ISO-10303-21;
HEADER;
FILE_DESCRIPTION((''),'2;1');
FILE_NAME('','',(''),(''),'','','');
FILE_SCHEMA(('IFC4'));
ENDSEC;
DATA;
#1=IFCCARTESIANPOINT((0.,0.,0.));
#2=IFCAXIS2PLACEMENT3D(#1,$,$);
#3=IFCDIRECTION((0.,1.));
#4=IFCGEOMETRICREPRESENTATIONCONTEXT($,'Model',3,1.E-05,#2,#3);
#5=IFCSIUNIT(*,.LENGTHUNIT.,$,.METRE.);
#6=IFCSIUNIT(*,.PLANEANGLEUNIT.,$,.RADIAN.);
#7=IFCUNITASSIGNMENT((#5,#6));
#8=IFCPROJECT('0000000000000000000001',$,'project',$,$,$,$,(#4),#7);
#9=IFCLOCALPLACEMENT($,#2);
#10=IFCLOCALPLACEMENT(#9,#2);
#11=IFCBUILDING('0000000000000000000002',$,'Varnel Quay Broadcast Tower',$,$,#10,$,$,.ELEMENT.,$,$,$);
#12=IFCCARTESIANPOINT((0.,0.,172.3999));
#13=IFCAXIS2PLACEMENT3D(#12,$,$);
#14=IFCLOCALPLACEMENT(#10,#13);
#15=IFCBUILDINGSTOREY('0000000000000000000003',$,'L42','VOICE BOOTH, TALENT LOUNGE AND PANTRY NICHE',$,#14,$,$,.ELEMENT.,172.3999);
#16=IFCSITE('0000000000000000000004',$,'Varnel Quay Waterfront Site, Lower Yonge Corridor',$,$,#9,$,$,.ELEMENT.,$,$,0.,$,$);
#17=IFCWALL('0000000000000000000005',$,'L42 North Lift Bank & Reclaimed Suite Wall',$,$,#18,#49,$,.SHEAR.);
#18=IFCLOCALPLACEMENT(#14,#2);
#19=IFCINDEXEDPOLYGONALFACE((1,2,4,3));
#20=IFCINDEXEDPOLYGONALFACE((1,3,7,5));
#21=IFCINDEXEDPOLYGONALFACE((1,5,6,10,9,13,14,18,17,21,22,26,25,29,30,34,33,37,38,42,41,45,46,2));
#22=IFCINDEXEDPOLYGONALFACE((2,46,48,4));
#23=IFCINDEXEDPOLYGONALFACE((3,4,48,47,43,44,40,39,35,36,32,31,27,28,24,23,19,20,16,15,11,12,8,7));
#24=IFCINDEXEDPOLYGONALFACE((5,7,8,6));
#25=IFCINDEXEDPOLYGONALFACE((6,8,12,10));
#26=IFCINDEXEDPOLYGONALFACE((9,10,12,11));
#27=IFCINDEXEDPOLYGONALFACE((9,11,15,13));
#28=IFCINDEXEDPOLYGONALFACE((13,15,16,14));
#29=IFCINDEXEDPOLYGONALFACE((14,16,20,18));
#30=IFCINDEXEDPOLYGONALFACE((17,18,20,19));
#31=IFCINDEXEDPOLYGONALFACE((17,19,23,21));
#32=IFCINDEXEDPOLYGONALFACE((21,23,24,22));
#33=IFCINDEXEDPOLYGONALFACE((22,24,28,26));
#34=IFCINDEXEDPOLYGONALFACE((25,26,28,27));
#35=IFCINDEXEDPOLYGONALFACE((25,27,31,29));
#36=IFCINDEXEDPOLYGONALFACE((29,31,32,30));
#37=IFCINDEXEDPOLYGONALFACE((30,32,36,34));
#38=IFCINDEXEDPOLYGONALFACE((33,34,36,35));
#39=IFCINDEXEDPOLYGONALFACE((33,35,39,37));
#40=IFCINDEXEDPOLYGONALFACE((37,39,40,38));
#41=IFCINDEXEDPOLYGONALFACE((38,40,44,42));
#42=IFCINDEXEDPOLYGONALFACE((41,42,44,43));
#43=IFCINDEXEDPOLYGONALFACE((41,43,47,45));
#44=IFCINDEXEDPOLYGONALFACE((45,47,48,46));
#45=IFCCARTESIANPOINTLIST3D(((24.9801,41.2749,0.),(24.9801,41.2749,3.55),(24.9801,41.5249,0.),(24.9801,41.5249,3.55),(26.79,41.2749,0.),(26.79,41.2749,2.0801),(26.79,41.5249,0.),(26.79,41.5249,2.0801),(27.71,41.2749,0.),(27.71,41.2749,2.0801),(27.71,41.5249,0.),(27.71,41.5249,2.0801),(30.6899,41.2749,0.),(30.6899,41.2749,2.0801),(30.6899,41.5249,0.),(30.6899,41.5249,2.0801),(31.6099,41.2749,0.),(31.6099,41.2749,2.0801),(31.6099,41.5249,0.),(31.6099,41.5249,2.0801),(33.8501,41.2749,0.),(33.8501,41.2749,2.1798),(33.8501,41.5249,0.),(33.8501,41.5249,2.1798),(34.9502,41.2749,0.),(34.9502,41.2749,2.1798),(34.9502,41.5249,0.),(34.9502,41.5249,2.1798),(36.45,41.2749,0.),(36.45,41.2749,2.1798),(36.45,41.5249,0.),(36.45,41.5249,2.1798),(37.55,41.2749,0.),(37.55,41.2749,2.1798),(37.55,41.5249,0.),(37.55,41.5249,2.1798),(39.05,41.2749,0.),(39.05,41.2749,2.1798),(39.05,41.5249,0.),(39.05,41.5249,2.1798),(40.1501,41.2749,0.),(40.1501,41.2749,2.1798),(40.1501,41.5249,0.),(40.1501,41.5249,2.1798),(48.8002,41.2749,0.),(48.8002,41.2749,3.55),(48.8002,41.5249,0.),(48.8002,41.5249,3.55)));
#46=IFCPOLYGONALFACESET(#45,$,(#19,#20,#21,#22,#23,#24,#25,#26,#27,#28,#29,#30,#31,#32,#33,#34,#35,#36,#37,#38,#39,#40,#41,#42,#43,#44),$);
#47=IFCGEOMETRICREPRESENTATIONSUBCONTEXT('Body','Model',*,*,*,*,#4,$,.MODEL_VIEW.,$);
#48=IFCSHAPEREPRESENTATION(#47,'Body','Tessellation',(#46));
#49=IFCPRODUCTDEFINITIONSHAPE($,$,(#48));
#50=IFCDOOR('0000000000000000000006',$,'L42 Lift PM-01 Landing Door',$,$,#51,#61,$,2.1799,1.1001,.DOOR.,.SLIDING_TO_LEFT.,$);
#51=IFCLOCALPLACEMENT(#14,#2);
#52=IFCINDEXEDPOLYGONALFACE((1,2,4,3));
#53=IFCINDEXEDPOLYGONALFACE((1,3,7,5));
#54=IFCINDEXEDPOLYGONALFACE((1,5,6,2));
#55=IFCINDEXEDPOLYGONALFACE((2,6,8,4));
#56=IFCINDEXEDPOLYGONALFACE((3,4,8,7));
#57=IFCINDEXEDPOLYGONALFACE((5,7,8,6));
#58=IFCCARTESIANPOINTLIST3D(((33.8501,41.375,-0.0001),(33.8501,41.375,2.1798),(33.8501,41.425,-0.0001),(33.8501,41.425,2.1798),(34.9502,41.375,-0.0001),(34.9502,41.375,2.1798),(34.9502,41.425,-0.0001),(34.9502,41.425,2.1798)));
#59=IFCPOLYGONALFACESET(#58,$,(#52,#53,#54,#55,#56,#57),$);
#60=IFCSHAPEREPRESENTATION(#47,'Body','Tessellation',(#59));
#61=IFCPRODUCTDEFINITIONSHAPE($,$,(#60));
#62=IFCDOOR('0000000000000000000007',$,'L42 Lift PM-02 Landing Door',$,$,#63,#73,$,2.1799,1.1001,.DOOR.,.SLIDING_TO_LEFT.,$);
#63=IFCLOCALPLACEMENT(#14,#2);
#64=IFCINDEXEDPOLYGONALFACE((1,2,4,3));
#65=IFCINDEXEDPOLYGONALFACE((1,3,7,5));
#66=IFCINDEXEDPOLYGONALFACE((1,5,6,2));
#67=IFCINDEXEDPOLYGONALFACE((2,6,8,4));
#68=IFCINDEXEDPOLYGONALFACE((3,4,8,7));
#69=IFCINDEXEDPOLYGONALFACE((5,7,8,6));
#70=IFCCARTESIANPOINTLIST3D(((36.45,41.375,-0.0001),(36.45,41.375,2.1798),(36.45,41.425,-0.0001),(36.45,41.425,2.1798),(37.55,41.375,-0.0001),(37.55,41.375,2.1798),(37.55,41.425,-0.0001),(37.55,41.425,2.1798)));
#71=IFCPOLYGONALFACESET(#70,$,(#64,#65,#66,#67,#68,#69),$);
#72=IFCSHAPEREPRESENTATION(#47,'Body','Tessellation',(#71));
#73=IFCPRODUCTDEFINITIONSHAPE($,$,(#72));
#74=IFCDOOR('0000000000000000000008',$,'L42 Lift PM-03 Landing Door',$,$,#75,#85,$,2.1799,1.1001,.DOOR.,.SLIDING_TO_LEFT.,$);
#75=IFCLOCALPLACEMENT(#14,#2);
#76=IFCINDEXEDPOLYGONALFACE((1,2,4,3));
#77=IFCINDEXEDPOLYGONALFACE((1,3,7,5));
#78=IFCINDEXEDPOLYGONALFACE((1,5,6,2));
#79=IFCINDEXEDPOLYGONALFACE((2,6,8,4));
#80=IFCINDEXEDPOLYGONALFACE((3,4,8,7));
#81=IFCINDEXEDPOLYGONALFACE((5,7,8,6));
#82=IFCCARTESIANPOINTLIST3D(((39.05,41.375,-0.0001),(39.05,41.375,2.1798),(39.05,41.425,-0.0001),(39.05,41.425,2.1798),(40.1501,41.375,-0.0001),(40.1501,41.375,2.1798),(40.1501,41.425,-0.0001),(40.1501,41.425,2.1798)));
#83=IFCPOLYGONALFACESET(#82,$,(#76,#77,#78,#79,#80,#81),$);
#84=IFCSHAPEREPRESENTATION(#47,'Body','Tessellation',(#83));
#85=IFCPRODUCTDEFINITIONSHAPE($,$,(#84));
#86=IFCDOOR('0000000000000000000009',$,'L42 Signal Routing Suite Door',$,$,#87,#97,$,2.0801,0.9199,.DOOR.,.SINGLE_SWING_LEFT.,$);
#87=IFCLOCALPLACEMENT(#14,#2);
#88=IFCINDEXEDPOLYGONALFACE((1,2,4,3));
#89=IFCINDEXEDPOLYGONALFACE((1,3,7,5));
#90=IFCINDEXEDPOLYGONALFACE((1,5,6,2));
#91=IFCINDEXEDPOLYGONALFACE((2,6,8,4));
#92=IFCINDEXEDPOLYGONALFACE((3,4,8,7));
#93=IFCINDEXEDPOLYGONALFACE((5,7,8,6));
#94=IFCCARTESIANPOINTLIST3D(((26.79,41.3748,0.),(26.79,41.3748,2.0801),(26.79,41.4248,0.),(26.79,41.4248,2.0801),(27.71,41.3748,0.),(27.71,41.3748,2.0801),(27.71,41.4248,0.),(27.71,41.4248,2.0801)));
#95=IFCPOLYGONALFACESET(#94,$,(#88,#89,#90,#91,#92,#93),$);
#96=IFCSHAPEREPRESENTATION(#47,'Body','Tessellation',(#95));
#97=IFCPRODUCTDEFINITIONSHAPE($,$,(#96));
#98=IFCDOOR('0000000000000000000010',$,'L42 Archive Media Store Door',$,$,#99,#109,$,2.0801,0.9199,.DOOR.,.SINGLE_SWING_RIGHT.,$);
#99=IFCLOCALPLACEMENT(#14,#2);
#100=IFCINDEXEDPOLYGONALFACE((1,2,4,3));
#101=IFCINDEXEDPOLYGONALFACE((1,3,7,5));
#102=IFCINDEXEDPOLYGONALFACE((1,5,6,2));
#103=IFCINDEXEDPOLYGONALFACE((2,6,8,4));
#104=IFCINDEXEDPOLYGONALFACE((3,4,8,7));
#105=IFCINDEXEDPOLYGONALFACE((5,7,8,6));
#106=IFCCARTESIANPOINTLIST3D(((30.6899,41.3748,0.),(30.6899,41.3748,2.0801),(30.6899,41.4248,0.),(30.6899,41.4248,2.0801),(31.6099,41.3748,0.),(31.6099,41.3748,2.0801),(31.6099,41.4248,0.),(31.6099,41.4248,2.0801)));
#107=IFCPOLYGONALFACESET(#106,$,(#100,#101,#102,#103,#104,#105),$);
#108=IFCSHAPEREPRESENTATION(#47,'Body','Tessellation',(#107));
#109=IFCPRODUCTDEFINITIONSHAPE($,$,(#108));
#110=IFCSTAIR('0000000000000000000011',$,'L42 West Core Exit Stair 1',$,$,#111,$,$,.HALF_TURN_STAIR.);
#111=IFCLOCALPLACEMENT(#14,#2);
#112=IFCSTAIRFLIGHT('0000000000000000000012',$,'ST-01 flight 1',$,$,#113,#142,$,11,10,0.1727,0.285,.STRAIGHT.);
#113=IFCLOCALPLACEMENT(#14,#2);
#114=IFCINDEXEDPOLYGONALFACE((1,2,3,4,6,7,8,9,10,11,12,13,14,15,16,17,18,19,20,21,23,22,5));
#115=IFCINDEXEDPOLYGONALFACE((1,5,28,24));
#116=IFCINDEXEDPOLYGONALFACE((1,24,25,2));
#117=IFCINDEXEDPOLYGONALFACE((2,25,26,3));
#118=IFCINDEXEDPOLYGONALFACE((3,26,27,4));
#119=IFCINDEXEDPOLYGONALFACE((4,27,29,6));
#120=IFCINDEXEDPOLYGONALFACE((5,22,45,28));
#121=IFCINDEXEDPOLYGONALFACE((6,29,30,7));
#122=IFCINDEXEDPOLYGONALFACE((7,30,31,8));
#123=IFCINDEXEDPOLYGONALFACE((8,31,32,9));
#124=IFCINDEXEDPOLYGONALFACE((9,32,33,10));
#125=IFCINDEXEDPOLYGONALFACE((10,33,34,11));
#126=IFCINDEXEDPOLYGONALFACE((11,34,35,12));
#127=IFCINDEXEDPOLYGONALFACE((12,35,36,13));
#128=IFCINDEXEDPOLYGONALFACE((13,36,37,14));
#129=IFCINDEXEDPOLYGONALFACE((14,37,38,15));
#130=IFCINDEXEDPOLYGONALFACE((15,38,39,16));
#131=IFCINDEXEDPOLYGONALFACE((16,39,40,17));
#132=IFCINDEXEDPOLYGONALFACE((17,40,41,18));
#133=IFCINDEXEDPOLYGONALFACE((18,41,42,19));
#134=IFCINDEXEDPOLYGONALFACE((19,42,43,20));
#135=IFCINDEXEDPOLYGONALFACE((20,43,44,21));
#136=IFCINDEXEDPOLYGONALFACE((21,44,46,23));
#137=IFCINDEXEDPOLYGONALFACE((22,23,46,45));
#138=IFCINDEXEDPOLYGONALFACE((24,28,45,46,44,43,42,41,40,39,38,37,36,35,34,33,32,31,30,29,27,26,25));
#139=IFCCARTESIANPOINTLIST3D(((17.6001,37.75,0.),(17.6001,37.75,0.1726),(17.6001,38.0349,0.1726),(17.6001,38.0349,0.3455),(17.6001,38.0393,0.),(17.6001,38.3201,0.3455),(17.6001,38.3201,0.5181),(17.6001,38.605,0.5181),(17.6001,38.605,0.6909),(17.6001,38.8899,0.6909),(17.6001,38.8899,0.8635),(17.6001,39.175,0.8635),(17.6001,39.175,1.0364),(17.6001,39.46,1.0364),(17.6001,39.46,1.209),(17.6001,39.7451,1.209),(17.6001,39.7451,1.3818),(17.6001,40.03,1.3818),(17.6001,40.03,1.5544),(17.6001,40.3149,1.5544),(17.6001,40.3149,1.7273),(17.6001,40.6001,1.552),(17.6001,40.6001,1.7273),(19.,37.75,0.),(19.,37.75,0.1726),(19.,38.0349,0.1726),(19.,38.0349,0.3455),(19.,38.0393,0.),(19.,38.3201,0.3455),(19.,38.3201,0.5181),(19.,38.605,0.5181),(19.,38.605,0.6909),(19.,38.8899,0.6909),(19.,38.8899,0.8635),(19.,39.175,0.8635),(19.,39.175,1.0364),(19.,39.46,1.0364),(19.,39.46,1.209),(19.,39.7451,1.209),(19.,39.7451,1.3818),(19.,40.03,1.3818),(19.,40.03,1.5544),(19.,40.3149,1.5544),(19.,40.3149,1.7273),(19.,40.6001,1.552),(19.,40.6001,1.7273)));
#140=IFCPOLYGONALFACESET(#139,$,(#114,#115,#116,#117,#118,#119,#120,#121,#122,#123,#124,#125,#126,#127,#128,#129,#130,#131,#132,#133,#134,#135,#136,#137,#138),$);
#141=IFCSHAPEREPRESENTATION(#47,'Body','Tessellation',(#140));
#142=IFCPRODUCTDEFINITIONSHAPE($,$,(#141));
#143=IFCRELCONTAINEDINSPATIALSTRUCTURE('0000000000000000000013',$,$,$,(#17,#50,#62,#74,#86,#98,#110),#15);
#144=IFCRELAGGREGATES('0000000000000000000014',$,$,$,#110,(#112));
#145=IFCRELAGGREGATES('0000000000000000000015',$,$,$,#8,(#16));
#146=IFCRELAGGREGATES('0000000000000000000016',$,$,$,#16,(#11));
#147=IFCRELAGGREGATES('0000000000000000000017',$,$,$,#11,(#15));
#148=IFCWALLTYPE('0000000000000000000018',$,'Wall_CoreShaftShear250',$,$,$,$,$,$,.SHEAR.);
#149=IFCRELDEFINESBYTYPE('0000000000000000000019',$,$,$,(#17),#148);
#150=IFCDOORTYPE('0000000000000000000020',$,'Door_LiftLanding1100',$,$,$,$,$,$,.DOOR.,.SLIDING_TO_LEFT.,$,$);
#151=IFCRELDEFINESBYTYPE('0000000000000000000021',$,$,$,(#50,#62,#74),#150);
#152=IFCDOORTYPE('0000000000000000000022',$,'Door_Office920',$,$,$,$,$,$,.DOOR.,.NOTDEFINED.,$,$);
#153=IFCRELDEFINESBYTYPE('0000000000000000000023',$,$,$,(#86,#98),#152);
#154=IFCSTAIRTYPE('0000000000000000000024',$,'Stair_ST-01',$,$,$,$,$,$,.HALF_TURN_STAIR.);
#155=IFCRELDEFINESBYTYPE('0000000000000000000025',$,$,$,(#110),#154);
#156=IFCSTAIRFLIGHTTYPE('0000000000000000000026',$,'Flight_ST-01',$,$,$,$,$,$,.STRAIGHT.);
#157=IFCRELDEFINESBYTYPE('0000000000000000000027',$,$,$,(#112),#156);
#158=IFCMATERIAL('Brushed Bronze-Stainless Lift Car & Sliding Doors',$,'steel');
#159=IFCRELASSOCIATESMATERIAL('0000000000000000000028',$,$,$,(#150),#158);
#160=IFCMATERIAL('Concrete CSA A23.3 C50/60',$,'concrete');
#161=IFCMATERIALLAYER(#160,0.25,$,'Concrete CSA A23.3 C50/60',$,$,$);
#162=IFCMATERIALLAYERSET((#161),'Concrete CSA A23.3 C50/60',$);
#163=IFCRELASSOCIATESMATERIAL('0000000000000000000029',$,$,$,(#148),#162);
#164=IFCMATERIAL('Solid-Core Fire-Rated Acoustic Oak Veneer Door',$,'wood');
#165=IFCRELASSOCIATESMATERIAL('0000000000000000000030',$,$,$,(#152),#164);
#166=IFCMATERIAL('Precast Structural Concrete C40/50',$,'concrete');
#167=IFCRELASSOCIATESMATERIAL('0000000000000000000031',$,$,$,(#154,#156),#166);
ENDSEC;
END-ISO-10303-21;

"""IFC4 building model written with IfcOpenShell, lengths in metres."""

from ifc_helpers import new_model, si_unit, direction, frame, frame_2d, origin, place, context, subcontext, project, spatial, polyline, rectangle, outline, extrude, source, transform, mapped, material, layer, layer_set, type_object, type_shapes, element, fill, aggregate, save


model = new_model("IFC4")

# Units and contexts
model_context = context("Model", 3, precision=1e-05, world=origin(), true_north=direction((0.0, 1.0)))
body_context = subcontext(model_context, "Body", "Model", "MODEL_VIEW")
ifc_project = project(units=[si_unit("LENGTHUNIT", "METRE"), si_unit("PLANEANGLEUNIT", "RADIAN")], contexts=[model_context])

# Site, building, storey
site_placement = place(None, origin())
site = spatial("IfcSite", under=ifc_project, at=site_placement, Name="Varnel Quay Waterfront Site, Lower Yonge Corridor", CompositionType="ELEMENT", RefElevation=0.0)
building_placement = place(site_placement, origin())
building = spatial("IfcBuilding", under=site, at=building_placement, Name="Varnel Quay Broadcast Tower", CompositionType="ELEMENT")
storey_placement = place(building_placement, frame((0.0, 0.0, 172.3999)))
storey = spatial("IfcBuildingStorey", under=building, at=storey_placement, Name="L42", Description="VOICE BOOTH, TALENT LOUNGE AND PANTRY NICHE", CompositionType="ELEMENT", Elevation=172.3999)

# Shared definitions
ifc_material_1 = material(Name="Concrete CSA A23.3 C50/60", Category="concrete")
ifc_material_2 = material(Name="Brushed Bronze-Stainless Lift Car & Sliding Doors", Category="steel")
door_type_1 = type_object("IfcDoorType", Name="Door_LiftLanding1100", OperationType="SLIDING_TO_LEFT", PredefinedType="DOOR", material=ifc_material_2)
shared_shape_1 = source(origin(), body_context, "Body", "SweptSolid", [
    extrude(rectangle(XDim=1.1001, YDim=2.1799, at=frame_2d((0.55, 1.0898))), frame((0.0, 0.0249, 0.0), z_axis=(0.0, -1.0, 0.0), x_axis=(1.0, 0.0, 0.0)), (0.0, 0.0, 1.0), 0.05),
])
type_shapes(door_type_1, [shared_shape_1])

# Shared definitions
ifc_layer_1 = layer(ifc_material_1, 0.25, Name="Concrete CSA A23.3 C50/60")
ifc_layer_set_1 = layer_set([ifc_layer_1], Name="Concrete CSA A23.3 C50/60")
wall_type_1 = type_object("IfcWallType", Name="Wall_CoreShaftShear250", PredefinedType="SHEAR", material=ifc_layer_set_1)

# Wall, openings, doors
wall_1_placement = place(storey_placement, frame((24.98, 41.3999, 0.0), z_axis=(0.0, 0.0, 1.0), x_axis=(1.0, 0.0, 0.0)))
wall_1 = element("IfcWall", 1, at=wall_1_placement, inside=storey, type_object=wall_type_1, Name="L42 North Lift Bank & Reclaimed Suite Wall", PredefinedType="SHEAR", context=body_context, shape_type="SweptSolid", body=[
    extrude(rectangle(XDim=23.8201, YDim=0.25, at=frame_2d((11.9102, 0.0))), origin(), (0.0, 0.0, 1.0), 3.55),
])
opening_1_placement = place(wall_1_placement, frame((8.8701, 0.0, 0.0)))
opening_1 = element("IfcOpeningElement", 2, at=opening_1_placement, cuts=wall_1, PredefinedType="OPENING", context=body_context, shape_type="SweptSolid", body=[
    extrude(rectangle(XDim=1.1001, YDim=2.1799, at=frame_2d((0.55, 1.0898))), frame((0.0, 0.135, 0.0), z_axis=(0.0, -1.0, 0.0), x_axis=(1.0, 0.0, 0.0)), (0.0, 0.0, 1.0), 0.27),
])
opening_2_placement = place(wall_1_placement, frame((11.47, 0.0, 0.0)))
opening_2 = element("IfcOpeningElement", 3, at=opening_2_placement, cuts=wall_1, PredefinedType="OPENING", context=body_context, shape_type="SweptSolid", body=[
    extrude(rectangle(XDim=1.1001, YDim=2.1799, at=frame_2d((0.55, 1.0898))), frame((0.0, 0.135, 0.0), z_axis=(0.0, -1.0, 0.0), x_axis=(1.0, 0.0, 0.0)), (0.0, 0.0, 1.0), 0.27),
])
opening_3_placement = place(wall_1_placement, frame((14.0701, 0.0, 0.0)))
opening_3 = element("IfcOpeningElement", 4, at=opening_3_placement, cuts=wall_1, PredefinedType="OPENING", context=body_context, shape_type="SweptSolid", body=[
    extrude(rectangle(XDim=1.1001, YDim=2.1799, at=frame_2d((0.55, 1.0898))), frame((0.0, 0.135, 0.0), z_axis=(0.0, -1.0, 0.0), x_axis=(1.0, 0.0, 0.0)), (0.0, 0.0, 1.0), 0.27),
])
opening_4_placement = place(wall_1_placement, frame((1.8101, 0.0, 0.0)))
opening_4 = element("IfcOpeningElement", 5, at=opening_4_placement, cuts=wall_1, PredefinedType="OPENING", context=body_context, shape_type="SweptSolid", body=[
    extrude(rectangle(XDim=0.9199, YDim=2.0801, at=frame_2d((0.46, 1.04))), frame((0.0, 0.135, 0.0), z_axis=(0.0, -1.0, 0.0), x_axis=(1.0, 0.0, 0.0)), (0.0, 0.0, 1.0), 0.27),
])
opening_5_placement = place(wall_1_placement, frame((5.71, 0.0, 0.0)))
opening_5 = element("IfcOpeningElement", 6, at=opening_5_placement, cuts=wall_1, PredefinedType="OPENING", context=body_context, shape_type="SweptSolid", body=[
    extrude(rectangle(XDim=0.9199, YDim=2.0801, at=frame_2d((0.46, 1.04))), frame((0.0, 0.135, 0.0), z_axis=(0.0, -1.0, 0.0), x_axis=(1.0, 0.0, 0.0)), (0.0, 0.0, 1.0), 0.27),
])
door_1_placement = place(opening_1_placement, frame((1.1001, 0.0, 0.0), z_axis=(0.0, 0.0, 1.0), x_axis=(-1.0, 0.0, 0.0)))
door_1 = element("IfcDoor", 7, at=door_1_placement, inside=storey, type_object=door_type_1, Name="L42 Lift PM-01 Landing Door", OperationType="SLIDING_TO_LEFT", OverallHeight=2.1799, OverallWidth=1.1001, PredefinedType="DOOR", context=body_context, shape_type="MappedRepresentation", body=[
    mapped(shared_shape_1, transform((0.0, 0.0, 0.0), x_axis=(1.0, 0.0, 0.0), y_axis=(0.0, 1.0, 0.0), z_axis=(0.0, 0.0, 1.0), scale=1.0)),
])
fill(opening_1, door_1)
door_2_placement = place(opening_2_placement, frame((1.1001, 0.0, 0.0), z_axis=(0.0, 0.0, 1.0), x_axis=(-1.0, 0.0, 0.0)))
door_2 = element("IfcDoor", 8, at=door_2_placement, inside=storey, type_object=door_type_1, Name="L42 Lift PM-02 Landing Door", OperationType="SLIDING_TO_LEFT", OverallHeight=2.1799, OverallWidth=1.1001, PredefinedType="DOOR", context=body_context, shape_type="MappedRepresentation", body=[
    mapped(shared_shape_1, transform((0.0, 0.0, 0.0), x_axis=(1.0, 0.0, 0.0), y_axis=(0.0, 1.0, 0.0), z_axis=(0.0, 0.0, 1.0), scale=1.0)),
])
fill(opening_2, door_2)
door_3_placement = place(opening_3_placement, frame((1.1001, 0.0, 0.0), z_axis=(0.0, 0.0, 1.0), x_axis=(-1.0, 0.0, 0.0)))
door_3 = element("IfcDoor", 9, at=door_3_placement, inside=storey, type_object=door_type_1, Name="L42 Lift PM-03 Landing Door", OperationType="SLIDING_TO_LEFT", OverallHeight=2.1799, OverallWidth=1.1001, PredefinedType="DOOR", context=body_context, shape_type="MappedRepresentation", body=[
    mapped(shared_shape_1, transform((0.0, 0.0, 0.0), x_axis=(1.0, 0.0, 0.0), y_axis=(0.0, 1.0, 0.0), z_axis=(0.0, 0.0, 1.0), scale=1.0)),
])
fill(opening_3, door_3)
ifc_material_3 = material(Name="Solid-Core Fire-Rated Acoustic Oak Veneer Door", Category="wood")
door_type_2 = type_object("IfcDoorType", Name="Door_Office920", OperationType="NOTDEFINED", PredefinedType="DOOR", material=ifc_material_3)
shared_shape_2 = source(origin(), body_context, "Body", "SweptSolid", [
    extrude(rectangle(XDim=0.9199, YDim=2.0801, at=frame_2d((0.46, 1.04))), frame((0.0, 0.0249, 0.0), z_axis=(0.0, -1.0, 0.0), x_axis=(1.0, 0.0, 0.0)), (0.0, 0.0, 1.0), 0.05),
])
type_shapes(door_type_2, [shared_shape_2])
door_4_placement = place(opening_4_placement, origin())
door_4 = element("IfcDoor", 10, at=door_4_placement, inside=storey, type_object=door_type_2, Name="L42 Signal Routing Suite Door", OperationType="SINGLE_SWING_LEFT", OverallHeight=2.0801, OverallWidth=0.9199, PredefinedType="DOOR", context=body_context, shape_type="MappedRepresentation", body=[
    mapped(shared_shape_2, transform((0.0, 0.0, 0.0), x_axis=(1.0, 0.0, 0.0), y_axis=(0.0, 1.0, 0.0), z_axis=(0.0, 0.0, 1.0), scale=1.0)),
])
fill(opening_4, door_4)
door_5_placement = place(opening_5_placement, origin())
door_5 = element("IfcDoor", 11, at=door_5_placement, inside=storey, type_object=door_type_2, Name="L42 Archive Media Store Door", OperationType="SINGLE_SWING_RIGHT", OverallHeight=2.0801, OverallWidth=0.9199, PredefinedType="DOOR", context=body_context, shape_type="MappedRepresentation", body=[
    mapped(shared_shape_2, transform((0.0, 0.0, 0.0), x_axis=(1.0, 0.0, 0.0), y_axis=(0.0, 1.0, 0.0), z_axis=(0.0, 0.0, 1.0), scale=1.0)),
])
fill(opening_5, door_5)

# Stair, stair flight
ifc_material_4 = material(Name="Precast Structural Concrete C40/50", Category="concrete")
stair_type = type_object("IfcStairType", Name="Stair_ST-01", PredefinedType="HALF_TURN_STAIR", material=ifc_material_4)
stair_placement = place(storey_placement, origin())
stair = element("IfcStair", 12, at=stair_placement, inside=storey, type_object=stair_type, Name="L42 West Core Exit Stair 1", PredefinedType="HALF_TURN_STAIR")
stair_flight_type = type_object("IfcStairFlightType", Name="Flight_ST-01", PredefinedType="STRAIGHT", material=ifc_material_4)
stair_flight_1_placement = place(storey_placement, frame((18.3, 37.75, 0.0), z_axis=(0.0, 0.0, 1.0), x_axis=(0.0, 1.0, 0.0)))
stair_flight_1 = element("IfcStairFlight", 13, at=stair_flight_1_placement, type_object=stair_flight_type, Name="ST-01 flight 1", NumberOfRisers=11, NumberOfTreads=10, PredefinedType="STRAIGHT", RiserHeight=0.1727, TreadLength=0.285, context=body_context, shape_type="SweptSolid", body=[
    extrude(outline(polyline([(0.0, 0.0), (0.0, 0.1726), (0.2849, 0.1726), (0.2849, 0.3455), (0.5701, 0.3455), (0.5701, 0.5181), (0.855, 0.5181), (0.855, 0.6909), (1.1399, 0.6909), (1.1399, 0.8635), (1.425, 0.8635), (1.425, 1.0364), (1.71, 1.0364), (1.71, 1.209), (1.9951, 1.209), (1.9951, 1.3818), (2.28, 1.3818), (2.28, 1.5544), (2.5649, 1.5544), (2.5649, 1.7273), (2.8501, 1.7273), (2.8501, 1.8999), (2.8501, 1.552), (0.2893, 0.0), (0.0, 0.0)])), frame((0.0, 0.7, 0.0), z_axis=(0.0, -1.0, 0.0), x_axis=(1.0, 0.0, 0.0)), (0.0, 0.0, 1.0), 1.3999),
])
aggregate(stair, [stair_flight_1])

save(model, "model.ifc")
